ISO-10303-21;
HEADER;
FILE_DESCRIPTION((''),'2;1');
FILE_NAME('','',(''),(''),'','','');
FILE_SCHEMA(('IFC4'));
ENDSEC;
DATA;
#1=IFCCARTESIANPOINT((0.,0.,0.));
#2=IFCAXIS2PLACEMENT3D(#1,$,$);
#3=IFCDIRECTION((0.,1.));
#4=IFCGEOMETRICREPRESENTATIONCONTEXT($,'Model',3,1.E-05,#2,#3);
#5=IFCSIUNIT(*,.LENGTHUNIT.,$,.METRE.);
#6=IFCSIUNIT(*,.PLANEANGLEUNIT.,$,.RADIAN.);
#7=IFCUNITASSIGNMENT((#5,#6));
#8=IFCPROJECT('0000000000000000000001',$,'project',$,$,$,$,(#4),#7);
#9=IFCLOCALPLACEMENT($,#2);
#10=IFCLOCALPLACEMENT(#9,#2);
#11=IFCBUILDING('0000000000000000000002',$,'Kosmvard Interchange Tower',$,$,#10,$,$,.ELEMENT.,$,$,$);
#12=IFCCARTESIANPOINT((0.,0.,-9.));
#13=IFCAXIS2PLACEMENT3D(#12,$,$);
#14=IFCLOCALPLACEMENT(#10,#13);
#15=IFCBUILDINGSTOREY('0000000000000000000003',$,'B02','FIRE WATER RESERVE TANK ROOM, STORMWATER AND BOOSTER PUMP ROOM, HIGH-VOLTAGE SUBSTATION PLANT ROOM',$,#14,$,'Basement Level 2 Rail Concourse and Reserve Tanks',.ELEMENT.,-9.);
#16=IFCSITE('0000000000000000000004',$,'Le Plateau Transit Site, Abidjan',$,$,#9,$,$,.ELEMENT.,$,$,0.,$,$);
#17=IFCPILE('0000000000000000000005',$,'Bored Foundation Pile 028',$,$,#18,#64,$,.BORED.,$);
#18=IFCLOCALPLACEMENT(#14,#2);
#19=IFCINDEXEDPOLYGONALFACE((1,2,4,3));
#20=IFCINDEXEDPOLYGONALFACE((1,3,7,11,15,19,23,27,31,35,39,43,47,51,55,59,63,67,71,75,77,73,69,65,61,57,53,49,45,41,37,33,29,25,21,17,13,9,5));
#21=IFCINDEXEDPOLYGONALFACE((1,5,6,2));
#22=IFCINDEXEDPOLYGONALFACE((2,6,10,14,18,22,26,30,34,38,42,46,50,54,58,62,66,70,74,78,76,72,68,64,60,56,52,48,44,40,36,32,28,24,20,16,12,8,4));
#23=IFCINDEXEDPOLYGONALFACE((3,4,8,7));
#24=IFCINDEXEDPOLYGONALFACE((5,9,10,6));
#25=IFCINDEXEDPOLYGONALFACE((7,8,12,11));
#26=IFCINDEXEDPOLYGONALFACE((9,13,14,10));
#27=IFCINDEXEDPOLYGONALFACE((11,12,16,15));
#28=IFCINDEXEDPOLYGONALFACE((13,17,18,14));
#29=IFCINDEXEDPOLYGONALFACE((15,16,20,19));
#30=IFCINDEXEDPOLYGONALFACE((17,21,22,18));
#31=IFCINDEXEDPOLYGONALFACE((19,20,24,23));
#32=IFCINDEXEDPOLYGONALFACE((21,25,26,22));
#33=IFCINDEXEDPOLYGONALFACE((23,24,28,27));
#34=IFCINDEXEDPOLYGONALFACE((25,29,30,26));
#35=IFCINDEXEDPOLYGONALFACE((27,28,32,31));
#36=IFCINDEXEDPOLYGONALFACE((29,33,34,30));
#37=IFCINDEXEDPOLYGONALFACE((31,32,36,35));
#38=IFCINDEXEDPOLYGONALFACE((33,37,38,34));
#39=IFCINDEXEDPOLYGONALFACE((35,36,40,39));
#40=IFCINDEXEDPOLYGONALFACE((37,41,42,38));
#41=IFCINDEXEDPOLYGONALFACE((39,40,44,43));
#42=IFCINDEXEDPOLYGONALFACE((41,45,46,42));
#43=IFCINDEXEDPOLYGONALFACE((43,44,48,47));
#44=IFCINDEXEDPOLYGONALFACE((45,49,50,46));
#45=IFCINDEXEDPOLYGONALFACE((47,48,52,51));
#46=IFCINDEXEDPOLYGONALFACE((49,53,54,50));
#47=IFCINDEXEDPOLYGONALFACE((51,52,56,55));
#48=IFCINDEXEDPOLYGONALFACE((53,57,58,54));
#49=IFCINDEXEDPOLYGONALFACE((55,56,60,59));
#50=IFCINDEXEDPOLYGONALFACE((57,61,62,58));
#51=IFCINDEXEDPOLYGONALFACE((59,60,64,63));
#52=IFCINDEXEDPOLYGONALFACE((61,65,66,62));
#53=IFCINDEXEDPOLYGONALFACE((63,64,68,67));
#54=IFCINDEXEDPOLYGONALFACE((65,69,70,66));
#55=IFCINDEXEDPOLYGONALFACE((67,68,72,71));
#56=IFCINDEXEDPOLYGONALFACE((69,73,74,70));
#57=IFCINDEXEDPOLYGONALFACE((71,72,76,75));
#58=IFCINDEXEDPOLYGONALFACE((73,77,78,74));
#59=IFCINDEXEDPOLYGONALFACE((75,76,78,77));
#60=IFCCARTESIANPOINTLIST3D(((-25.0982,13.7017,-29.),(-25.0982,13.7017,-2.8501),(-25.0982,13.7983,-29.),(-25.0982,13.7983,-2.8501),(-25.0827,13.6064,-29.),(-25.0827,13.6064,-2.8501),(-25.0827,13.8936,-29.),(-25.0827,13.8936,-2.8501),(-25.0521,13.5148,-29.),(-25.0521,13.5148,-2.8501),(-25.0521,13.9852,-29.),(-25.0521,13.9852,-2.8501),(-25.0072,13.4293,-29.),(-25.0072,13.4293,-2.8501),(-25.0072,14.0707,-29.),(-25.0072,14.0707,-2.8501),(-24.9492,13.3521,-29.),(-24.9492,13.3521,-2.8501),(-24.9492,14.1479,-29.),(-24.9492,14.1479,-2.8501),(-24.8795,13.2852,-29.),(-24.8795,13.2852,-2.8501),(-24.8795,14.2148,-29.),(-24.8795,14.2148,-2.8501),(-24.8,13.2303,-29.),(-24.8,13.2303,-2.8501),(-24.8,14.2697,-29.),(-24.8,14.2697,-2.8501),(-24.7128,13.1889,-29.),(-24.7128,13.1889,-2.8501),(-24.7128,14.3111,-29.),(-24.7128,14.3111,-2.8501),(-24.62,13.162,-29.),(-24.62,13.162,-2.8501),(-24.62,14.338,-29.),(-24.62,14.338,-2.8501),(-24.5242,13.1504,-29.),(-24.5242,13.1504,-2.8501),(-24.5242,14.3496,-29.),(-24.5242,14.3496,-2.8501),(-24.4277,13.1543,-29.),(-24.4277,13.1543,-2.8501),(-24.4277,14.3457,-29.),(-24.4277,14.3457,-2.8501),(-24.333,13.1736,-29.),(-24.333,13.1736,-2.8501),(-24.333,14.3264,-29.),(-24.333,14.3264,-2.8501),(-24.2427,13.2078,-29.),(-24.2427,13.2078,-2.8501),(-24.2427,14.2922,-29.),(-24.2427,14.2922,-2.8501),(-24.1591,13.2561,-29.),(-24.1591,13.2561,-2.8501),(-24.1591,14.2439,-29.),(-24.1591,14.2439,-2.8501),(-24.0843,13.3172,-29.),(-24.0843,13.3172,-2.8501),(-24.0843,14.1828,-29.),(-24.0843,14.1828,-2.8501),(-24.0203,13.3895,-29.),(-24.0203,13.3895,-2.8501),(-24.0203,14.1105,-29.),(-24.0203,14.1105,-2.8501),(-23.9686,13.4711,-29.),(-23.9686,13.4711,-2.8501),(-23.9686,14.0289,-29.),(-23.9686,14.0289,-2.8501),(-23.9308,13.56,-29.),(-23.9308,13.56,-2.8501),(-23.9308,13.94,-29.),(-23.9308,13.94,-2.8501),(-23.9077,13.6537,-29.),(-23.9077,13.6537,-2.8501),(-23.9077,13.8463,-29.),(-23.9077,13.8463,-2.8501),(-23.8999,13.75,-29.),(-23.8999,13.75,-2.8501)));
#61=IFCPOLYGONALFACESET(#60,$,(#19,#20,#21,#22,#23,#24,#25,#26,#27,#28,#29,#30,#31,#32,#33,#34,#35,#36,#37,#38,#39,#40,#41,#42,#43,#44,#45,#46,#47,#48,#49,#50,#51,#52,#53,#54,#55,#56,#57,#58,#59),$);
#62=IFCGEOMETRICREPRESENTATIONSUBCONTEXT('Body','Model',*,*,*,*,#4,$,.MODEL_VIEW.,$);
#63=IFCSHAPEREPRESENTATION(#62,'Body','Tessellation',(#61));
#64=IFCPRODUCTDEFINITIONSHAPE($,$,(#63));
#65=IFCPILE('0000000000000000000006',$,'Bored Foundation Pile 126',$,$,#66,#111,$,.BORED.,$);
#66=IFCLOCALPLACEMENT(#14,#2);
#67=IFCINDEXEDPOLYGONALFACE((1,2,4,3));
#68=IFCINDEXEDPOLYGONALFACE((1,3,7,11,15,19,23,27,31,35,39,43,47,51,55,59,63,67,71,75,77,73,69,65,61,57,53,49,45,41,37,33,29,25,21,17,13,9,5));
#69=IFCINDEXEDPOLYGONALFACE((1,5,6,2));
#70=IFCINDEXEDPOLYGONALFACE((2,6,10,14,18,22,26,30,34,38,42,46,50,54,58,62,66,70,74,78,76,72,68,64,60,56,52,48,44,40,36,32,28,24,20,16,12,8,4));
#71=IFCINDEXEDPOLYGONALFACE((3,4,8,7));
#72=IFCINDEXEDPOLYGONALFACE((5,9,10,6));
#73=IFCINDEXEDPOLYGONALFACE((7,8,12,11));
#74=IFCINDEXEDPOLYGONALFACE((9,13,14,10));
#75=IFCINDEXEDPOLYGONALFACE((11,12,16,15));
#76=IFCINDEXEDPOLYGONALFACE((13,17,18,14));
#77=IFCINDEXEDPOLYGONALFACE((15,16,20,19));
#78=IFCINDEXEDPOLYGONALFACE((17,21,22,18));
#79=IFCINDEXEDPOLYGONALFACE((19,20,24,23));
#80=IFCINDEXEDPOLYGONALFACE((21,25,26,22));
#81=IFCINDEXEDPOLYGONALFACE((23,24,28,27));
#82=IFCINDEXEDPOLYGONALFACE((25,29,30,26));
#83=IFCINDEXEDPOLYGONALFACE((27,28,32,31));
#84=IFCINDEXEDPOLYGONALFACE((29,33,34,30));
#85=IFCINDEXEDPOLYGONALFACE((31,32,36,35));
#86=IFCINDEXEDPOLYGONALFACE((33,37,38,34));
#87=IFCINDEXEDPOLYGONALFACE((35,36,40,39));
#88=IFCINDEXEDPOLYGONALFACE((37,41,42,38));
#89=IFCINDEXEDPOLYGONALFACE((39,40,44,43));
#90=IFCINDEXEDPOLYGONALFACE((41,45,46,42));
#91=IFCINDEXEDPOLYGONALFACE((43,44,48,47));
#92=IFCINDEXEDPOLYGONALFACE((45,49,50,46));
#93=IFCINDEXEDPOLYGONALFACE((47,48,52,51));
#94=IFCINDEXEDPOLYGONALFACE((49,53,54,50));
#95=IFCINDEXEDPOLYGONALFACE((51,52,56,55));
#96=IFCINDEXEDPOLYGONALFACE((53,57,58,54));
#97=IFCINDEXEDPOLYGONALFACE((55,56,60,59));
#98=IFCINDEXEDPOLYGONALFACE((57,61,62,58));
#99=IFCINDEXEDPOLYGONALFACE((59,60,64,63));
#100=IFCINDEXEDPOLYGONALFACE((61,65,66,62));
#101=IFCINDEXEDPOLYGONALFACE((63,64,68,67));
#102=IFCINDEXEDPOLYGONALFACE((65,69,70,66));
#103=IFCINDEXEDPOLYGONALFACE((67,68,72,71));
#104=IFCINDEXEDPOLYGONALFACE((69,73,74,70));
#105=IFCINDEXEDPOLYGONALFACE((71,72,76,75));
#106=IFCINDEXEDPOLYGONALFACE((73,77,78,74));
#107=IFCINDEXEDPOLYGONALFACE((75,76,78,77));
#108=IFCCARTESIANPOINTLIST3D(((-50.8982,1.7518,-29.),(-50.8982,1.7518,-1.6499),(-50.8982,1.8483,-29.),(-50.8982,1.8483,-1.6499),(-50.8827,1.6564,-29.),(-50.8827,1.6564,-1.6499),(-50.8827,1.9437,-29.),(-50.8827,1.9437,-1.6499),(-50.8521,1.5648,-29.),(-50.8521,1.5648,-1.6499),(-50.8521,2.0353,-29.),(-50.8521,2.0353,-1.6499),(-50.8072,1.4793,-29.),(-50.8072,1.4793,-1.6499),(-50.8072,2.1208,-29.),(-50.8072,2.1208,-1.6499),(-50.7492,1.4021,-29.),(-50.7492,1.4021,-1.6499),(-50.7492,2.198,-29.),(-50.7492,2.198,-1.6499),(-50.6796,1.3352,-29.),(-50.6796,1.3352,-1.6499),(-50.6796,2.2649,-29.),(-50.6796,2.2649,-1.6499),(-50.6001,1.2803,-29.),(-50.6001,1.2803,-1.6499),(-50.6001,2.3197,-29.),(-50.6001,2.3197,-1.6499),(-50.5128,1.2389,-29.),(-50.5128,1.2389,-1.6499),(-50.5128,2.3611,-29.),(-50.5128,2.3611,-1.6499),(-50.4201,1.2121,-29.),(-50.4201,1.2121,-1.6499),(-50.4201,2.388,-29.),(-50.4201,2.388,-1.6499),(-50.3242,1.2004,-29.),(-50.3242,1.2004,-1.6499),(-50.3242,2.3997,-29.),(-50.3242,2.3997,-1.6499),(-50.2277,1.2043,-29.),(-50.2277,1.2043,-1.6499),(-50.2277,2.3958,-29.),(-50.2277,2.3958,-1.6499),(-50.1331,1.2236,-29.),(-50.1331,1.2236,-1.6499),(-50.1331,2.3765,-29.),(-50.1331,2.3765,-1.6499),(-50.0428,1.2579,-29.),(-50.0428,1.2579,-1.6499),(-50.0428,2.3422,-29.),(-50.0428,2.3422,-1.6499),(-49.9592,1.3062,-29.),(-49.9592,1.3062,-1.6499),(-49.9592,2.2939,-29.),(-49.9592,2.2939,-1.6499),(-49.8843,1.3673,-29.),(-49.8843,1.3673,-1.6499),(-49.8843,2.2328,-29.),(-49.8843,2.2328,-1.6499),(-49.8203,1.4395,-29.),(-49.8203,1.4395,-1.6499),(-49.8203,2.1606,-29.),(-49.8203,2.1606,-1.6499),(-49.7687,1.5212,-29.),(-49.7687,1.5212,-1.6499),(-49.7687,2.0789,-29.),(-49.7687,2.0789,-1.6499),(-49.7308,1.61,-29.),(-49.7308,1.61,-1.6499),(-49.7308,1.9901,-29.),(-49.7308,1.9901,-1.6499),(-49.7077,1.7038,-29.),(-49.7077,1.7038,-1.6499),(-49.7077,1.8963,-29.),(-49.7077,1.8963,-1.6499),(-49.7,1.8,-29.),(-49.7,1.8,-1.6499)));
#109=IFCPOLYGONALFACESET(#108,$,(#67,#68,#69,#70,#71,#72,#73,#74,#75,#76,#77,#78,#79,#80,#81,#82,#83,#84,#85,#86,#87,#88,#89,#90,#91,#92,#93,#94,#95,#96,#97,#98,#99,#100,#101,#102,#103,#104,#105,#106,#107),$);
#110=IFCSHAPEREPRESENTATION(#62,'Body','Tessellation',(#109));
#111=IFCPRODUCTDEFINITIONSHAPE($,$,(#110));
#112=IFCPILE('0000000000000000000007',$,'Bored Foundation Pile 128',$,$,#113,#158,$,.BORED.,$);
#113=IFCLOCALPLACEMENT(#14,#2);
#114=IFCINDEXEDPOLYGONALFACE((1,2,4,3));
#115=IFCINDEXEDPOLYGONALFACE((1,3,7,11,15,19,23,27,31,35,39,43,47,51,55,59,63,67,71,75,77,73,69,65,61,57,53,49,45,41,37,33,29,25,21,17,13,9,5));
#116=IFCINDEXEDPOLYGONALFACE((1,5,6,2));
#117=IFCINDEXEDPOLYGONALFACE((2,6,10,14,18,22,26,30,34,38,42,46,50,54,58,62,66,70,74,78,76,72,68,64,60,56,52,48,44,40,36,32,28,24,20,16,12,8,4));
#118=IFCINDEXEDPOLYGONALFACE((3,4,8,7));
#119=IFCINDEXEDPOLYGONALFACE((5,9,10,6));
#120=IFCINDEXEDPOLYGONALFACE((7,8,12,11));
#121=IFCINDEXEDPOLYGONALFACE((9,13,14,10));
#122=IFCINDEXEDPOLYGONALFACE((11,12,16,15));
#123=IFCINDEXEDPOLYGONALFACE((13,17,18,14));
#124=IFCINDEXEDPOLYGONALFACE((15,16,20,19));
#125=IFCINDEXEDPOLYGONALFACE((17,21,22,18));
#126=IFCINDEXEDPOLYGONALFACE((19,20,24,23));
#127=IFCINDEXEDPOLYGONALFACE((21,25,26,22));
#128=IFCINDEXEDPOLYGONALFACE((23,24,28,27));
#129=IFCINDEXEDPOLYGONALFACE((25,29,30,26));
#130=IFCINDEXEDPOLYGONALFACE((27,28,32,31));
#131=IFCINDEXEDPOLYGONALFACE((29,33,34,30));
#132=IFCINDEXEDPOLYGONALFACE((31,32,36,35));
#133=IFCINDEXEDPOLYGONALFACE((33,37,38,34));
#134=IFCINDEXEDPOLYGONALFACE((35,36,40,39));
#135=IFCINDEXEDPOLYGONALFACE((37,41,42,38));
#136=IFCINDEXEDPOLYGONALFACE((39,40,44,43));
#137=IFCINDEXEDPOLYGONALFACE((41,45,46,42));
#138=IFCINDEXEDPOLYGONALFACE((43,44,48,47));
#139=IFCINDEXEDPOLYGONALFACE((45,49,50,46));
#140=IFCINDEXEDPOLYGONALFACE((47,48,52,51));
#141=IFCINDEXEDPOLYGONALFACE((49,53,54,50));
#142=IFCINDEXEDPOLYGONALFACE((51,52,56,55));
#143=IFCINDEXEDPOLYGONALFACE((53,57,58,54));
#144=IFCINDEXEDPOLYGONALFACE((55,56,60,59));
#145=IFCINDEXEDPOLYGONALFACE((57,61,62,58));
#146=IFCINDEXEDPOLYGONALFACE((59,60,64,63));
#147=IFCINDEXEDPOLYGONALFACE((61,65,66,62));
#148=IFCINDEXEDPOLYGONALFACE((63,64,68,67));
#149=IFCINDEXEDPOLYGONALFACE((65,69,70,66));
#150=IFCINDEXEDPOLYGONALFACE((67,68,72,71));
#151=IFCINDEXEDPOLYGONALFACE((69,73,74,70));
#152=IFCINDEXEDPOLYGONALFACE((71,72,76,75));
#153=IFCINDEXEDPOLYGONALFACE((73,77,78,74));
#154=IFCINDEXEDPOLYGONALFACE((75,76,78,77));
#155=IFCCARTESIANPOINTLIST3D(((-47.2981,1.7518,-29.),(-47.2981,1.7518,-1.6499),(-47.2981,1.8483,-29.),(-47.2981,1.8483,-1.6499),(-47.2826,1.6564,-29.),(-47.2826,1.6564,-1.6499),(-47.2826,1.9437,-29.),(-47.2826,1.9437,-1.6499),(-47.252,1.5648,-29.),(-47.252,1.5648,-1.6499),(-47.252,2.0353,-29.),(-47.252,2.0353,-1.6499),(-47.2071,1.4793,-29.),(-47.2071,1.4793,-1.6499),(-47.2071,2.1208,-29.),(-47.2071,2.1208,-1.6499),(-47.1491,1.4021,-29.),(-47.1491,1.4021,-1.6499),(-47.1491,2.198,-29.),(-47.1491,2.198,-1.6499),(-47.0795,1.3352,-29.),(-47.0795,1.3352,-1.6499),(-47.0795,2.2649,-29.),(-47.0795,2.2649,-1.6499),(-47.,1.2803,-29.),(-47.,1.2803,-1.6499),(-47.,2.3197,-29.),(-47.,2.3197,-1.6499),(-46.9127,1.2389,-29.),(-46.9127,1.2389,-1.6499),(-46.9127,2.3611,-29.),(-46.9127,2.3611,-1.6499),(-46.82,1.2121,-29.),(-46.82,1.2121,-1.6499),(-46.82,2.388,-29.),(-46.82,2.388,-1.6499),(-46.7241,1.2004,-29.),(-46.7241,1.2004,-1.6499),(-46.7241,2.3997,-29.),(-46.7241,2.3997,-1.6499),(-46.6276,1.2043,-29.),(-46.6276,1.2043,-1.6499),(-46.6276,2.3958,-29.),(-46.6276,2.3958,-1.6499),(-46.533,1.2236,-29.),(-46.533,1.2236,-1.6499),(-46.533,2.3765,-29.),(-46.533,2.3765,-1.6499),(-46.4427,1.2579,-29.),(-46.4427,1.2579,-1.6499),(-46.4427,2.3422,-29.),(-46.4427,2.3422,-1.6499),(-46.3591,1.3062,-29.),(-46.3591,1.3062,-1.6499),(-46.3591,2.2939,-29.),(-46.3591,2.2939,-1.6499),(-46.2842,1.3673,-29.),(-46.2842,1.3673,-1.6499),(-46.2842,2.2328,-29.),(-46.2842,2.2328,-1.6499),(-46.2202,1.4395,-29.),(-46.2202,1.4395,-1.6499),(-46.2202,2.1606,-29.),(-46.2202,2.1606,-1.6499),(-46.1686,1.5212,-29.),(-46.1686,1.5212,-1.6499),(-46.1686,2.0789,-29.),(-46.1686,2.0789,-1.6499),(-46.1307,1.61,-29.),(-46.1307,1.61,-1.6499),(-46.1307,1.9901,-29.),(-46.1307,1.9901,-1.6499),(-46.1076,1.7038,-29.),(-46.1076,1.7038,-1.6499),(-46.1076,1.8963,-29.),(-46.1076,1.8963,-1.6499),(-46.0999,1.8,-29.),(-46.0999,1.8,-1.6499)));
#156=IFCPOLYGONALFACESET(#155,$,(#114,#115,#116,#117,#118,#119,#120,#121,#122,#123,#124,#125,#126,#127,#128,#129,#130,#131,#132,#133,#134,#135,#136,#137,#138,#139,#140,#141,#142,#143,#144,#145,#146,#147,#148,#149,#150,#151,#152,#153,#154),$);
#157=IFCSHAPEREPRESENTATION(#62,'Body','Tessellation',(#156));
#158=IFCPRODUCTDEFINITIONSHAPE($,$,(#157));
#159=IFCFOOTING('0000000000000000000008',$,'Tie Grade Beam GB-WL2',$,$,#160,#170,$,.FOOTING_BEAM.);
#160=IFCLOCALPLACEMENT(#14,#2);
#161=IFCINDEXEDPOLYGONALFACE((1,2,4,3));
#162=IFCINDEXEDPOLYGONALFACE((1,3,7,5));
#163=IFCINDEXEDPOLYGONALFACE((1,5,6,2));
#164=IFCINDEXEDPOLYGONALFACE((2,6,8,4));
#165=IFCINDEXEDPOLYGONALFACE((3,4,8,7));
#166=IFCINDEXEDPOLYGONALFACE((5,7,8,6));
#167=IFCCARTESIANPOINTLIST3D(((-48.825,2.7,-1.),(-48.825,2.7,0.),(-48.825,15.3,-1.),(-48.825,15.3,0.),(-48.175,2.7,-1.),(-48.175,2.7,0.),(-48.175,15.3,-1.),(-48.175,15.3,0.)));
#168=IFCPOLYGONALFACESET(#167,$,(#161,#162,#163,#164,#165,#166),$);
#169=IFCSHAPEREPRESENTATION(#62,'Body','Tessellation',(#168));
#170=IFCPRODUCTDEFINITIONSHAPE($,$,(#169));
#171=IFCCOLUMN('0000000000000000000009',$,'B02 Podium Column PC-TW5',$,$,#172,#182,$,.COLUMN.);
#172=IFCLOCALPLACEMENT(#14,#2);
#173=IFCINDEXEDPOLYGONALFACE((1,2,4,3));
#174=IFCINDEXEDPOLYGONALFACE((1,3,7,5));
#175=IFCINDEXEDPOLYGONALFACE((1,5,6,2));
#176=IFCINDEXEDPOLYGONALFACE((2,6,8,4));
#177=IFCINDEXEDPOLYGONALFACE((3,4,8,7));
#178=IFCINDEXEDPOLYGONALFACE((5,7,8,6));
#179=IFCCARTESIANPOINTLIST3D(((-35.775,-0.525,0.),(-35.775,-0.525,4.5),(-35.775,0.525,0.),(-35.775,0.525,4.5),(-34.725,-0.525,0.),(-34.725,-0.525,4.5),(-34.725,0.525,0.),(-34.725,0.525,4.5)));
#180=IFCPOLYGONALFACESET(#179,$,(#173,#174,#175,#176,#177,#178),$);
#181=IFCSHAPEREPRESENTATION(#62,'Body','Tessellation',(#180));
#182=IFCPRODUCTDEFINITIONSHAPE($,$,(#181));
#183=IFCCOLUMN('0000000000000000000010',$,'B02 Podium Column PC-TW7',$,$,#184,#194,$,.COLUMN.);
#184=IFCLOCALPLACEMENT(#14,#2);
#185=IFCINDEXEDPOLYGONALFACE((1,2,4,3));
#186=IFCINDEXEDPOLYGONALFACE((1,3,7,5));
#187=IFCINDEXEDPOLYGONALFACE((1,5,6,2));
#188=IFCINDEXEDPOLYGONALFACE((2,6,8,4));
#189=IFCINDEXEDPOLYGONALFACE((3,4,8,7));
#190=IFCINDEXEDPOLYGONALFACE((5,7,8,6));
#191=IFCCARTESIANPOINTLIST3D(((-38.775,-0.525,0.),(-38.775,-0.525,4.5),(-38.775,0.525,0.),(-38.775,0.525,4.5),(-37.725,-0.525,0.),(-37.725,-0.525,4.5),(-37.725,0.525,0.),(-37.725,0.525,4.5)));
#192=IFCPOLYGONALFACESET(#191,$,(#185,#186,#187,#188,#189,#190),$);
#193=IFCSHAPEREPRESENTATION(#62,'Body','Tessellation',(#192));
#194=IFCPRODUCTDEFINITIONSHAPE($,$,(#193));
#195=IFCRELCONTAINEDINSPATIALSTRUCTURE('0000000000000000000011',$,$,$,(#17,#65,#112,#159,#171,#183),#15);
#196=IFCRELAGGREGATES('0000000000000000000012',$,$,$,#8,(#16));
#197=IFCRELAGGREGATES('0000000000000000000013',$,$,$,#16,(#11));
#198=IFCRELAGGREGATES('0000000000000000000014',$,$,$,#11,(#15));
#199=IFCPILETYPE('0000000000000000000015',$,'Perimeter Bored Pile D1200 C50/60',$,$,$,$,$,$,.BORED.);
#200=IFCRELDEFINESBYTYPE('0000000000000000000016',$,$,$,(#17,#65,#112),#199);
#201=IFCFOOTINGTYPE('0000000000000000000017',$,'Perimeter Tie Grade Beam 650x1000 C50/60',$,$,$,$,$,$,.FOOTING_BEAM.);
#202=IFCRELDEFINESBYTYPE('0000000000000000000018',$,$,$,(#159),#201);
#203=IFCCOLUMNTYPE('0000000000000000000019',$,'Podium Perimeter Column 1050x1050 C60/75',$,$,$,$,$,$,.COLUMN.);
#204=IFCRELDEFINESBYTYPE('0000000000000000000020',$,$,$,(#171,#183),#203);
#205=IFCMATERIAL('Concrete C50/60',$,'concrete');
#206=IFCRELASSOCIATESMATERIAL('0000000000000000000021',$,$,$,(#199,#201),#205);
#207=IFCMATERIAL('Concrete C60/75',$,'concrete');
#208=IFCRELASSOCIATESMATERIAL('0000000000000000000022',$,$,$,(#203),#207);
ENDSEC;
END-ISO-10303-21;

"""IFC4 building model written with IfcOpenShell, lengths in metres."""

from ifc_helpers import new_model, si_unit, direction, frame, origin, origin_2d, place, context, subcontext, project, spatial, rectangle, circle, extrude, source, transform, mapped, material, material_profile, profile_set, type_object, element, save


model = new_model("IFC4")

# Units and contexts
model_context = context("Model", 3, precision=1e-05, world=origin(), true_north=direction((0.0, 1.0)))
body_context = subcontext(model_context, "Body", "Model", "MODEL_VIEW")
ifc_project = project(units=[si_unit("LENGTHUNIT", "METRE"), si_unit("PLANEANGLEUNIT", "RADIAN")], contexts=[model_context])

# Site, building, storey
site_placement = place(None, origin())
site = spatial("IfcSite", under=ifc_project, at=site_placement, Name="Le Plateau Transit Site, Abidjan", CompositionType="ELEMENT", RefElevation=0.0)
building_placement = place(site_placement, origin())
building = spatial("IfcBuilding", under=site, at=building_placement, Name="Kosmvard Interchange Tower", CompositionType="ELEMENT")
storey_placement = place(building_placement, frame((0.0, 0.0, -9.0)))
storey = spatial("IfcBuildingStorey", under=building, at=storey_placement, Name="B02", Description="FIRE WATER RESERVE TANK ROOM, STORMWATER AND BOOSTER PUMP ROOM, HIGH-VOLTAGE SUBSTATION PLANT ROOM", LongName="Basement Level 2 Rail Concourse and Reserve Tanks", CompositionType="ELEMENT", Elevation=-9.0)

# Piles
ifc_material_1 = material(Name="Concrete C50/60", Category="concrete")
ifc_material_profile_1 = material_profile(ifc_material_1, circle(Radius=0.6001, at=origin_2d()), Name="PILE D1200")
ifc_profile_set_1 = profile_set([ifc_material_profile_1], Name="Concrete C50/60")
pile_type = type_object("IfcPileType", Name="Perimeter Bored Pile D1200 C50/60", PredefinedType="BORED", material=ifc_profile_set_1)
shared_shape_1 = source(origin(), body_context, "Body", "SweptSolid", [
    extrude(circle(Radius=0.6001, at=origin_2d()), origin(), (0.0, 0.0, 1.0), 26.1499),
])
for number, where, z_axis, x_axis, name in (
    (1, (-24.5, 13.75, -2.8501), (0.0, 0.0, -1.0), (1.0, 0.0, 0.0), "Bored Foundation Pile 028"),
):
    element("IfcPile", number, at=place(storey_placement, frame(where, z_axis=z_axis, x_axis=x_axis)), inside=storey, type_object=pile_type, Name=name, PredefinedType="BORED", context=body_context, shape_type="MappedRepresentation", body=[
        mapped(shared_shape_1, transform((0.0, 0.0, 0.0), scale=1.0)),
    ])
shared_shape_2 = source(origin(), body_context, "Body", "SweptSolid", [
    extrude(circle(Radius=0.6001, at=origin_2d()), origin(), (0.0, 0.0, 1.0), 27.3501),
])
for number, where, z_axis, x_axis, name in (
    (2, (-50.3, 1.8, -1.6499), (0.0, 0.0, -1.0), (1.0, 0.0, 0.0), "Bored Foundation Pile 126"),
    (3, (-46.7, 1.8, -1.6499), (0.0, 0.0, -1.0), (1.0, 0.0, 0.0), "Bored Foundation Pile 128"),
):
    element("IfcPile", number, at=place(storey_placement, frame(where, z_axis=z_axis, x_axis=x_axis)), inside=storey, type_object=pile_type, Name=name, PredefinedType="BORED", context=body_context, shape_type="MappedRepresentation", body=[
        mapped(shared_shape_2, transform((0.0, 0.0, 0.0), scale=1.0)),
    ])

# Footing
ifc_material_profile_2 = material_profile(ifc_material_1, rectangle(XDim=0.6499, YDim=1.0, at=origin_2d()), Name="GB 650x1000")
ifc_profile_set_2 = profile_set([ifc_material_profile_2], Name="Concrete C50/60")
footing_type = type_object("IfcFootingType", Name="Perimeter Tie Grade Beam 650x1000 C50/60", PredefinedType="FOOTING_BEAM", material=ifc_profile_set_2)
shared_shape_3 = source(origin(), body_context, "Body", "SweptSolid", [
    extrude(rectangle(XDim=0.6499, YDim=12.6001, at=origin_2d()), origin(), (0.0, 0.0, 1.0), 1.0),
])
footing_placement = place(storey_placement, frame((-48.5, 9.0, -1.0), z_axis=(0.0, 0.0, 1.0), x_axis=(1.0, 0.0, 0.0)))
element("IfcFooting", 4, at=footing_placement, inside=storey, type_object=footing_type, Name="Tie Grade Beam GB-WL2", PredefinedType="FOOTING_BEAM", context=body_context, shape_type="MappedRepresentation", body=[
    mapped(shared_shape_3, transform((0.0, 0.0, 0.0), scale=1.0)),
])

# Columns
ifc_material_2 = material(Name="Concrete C60/75", Category="concrete")
ifc_material_profile_3 = material_profile(ifc_material_2, rectangle(XDim=1.05, YDim=1.05, at=origin_2d()), Name="PC 1050x1050")
ifc_profile_set_3 = profile_set([ifc_material_profile_3], Name="Concrete C60/75")
column_type_1 = type_object("IfcColumnType", Name="Podium Perimeter Column 1050x1050 C60/75", PredefinedType="COLUMN", material=ifc_profile_set_3)
shared_shape_4 = source(origin(), body_context, "Body", "SweptSolid", [
    extrude(rectangle(XDim=1.05, YDim=1.05, at=origin_2d()), origin(), (0.0, 0.0, 1.0), 4.5),
])
for number, where, z_axis, x_axis, name in (
    (5, (-35.25, 0.0, 0.0), (0.0, 0.0, 1.0), (1.0, 0.0, 0.0), "B02 Podium Column PC-TW5"),
    (6, (-38.25, 0.0, 0.0), (0.0, 0.0, 1.0), (1.0, 0.0, 0.0), "B02 Podium Column PC-TW7"),
):
    element("IfcColumn", number, at=place(storey_placement, frame(where, z_axis=z_axis, x_axis=x_axis)), inside=storey, type_object=column_type_1, Name=name, PredefinedType="COLUMN", context=body_context, shape_type="MappedRepresentation", body=[
        mapped(shared_shape_4, transform((0.0, 0.0, 0.0), scale=1.0)),
    ])

save(model, "model.ifc")
